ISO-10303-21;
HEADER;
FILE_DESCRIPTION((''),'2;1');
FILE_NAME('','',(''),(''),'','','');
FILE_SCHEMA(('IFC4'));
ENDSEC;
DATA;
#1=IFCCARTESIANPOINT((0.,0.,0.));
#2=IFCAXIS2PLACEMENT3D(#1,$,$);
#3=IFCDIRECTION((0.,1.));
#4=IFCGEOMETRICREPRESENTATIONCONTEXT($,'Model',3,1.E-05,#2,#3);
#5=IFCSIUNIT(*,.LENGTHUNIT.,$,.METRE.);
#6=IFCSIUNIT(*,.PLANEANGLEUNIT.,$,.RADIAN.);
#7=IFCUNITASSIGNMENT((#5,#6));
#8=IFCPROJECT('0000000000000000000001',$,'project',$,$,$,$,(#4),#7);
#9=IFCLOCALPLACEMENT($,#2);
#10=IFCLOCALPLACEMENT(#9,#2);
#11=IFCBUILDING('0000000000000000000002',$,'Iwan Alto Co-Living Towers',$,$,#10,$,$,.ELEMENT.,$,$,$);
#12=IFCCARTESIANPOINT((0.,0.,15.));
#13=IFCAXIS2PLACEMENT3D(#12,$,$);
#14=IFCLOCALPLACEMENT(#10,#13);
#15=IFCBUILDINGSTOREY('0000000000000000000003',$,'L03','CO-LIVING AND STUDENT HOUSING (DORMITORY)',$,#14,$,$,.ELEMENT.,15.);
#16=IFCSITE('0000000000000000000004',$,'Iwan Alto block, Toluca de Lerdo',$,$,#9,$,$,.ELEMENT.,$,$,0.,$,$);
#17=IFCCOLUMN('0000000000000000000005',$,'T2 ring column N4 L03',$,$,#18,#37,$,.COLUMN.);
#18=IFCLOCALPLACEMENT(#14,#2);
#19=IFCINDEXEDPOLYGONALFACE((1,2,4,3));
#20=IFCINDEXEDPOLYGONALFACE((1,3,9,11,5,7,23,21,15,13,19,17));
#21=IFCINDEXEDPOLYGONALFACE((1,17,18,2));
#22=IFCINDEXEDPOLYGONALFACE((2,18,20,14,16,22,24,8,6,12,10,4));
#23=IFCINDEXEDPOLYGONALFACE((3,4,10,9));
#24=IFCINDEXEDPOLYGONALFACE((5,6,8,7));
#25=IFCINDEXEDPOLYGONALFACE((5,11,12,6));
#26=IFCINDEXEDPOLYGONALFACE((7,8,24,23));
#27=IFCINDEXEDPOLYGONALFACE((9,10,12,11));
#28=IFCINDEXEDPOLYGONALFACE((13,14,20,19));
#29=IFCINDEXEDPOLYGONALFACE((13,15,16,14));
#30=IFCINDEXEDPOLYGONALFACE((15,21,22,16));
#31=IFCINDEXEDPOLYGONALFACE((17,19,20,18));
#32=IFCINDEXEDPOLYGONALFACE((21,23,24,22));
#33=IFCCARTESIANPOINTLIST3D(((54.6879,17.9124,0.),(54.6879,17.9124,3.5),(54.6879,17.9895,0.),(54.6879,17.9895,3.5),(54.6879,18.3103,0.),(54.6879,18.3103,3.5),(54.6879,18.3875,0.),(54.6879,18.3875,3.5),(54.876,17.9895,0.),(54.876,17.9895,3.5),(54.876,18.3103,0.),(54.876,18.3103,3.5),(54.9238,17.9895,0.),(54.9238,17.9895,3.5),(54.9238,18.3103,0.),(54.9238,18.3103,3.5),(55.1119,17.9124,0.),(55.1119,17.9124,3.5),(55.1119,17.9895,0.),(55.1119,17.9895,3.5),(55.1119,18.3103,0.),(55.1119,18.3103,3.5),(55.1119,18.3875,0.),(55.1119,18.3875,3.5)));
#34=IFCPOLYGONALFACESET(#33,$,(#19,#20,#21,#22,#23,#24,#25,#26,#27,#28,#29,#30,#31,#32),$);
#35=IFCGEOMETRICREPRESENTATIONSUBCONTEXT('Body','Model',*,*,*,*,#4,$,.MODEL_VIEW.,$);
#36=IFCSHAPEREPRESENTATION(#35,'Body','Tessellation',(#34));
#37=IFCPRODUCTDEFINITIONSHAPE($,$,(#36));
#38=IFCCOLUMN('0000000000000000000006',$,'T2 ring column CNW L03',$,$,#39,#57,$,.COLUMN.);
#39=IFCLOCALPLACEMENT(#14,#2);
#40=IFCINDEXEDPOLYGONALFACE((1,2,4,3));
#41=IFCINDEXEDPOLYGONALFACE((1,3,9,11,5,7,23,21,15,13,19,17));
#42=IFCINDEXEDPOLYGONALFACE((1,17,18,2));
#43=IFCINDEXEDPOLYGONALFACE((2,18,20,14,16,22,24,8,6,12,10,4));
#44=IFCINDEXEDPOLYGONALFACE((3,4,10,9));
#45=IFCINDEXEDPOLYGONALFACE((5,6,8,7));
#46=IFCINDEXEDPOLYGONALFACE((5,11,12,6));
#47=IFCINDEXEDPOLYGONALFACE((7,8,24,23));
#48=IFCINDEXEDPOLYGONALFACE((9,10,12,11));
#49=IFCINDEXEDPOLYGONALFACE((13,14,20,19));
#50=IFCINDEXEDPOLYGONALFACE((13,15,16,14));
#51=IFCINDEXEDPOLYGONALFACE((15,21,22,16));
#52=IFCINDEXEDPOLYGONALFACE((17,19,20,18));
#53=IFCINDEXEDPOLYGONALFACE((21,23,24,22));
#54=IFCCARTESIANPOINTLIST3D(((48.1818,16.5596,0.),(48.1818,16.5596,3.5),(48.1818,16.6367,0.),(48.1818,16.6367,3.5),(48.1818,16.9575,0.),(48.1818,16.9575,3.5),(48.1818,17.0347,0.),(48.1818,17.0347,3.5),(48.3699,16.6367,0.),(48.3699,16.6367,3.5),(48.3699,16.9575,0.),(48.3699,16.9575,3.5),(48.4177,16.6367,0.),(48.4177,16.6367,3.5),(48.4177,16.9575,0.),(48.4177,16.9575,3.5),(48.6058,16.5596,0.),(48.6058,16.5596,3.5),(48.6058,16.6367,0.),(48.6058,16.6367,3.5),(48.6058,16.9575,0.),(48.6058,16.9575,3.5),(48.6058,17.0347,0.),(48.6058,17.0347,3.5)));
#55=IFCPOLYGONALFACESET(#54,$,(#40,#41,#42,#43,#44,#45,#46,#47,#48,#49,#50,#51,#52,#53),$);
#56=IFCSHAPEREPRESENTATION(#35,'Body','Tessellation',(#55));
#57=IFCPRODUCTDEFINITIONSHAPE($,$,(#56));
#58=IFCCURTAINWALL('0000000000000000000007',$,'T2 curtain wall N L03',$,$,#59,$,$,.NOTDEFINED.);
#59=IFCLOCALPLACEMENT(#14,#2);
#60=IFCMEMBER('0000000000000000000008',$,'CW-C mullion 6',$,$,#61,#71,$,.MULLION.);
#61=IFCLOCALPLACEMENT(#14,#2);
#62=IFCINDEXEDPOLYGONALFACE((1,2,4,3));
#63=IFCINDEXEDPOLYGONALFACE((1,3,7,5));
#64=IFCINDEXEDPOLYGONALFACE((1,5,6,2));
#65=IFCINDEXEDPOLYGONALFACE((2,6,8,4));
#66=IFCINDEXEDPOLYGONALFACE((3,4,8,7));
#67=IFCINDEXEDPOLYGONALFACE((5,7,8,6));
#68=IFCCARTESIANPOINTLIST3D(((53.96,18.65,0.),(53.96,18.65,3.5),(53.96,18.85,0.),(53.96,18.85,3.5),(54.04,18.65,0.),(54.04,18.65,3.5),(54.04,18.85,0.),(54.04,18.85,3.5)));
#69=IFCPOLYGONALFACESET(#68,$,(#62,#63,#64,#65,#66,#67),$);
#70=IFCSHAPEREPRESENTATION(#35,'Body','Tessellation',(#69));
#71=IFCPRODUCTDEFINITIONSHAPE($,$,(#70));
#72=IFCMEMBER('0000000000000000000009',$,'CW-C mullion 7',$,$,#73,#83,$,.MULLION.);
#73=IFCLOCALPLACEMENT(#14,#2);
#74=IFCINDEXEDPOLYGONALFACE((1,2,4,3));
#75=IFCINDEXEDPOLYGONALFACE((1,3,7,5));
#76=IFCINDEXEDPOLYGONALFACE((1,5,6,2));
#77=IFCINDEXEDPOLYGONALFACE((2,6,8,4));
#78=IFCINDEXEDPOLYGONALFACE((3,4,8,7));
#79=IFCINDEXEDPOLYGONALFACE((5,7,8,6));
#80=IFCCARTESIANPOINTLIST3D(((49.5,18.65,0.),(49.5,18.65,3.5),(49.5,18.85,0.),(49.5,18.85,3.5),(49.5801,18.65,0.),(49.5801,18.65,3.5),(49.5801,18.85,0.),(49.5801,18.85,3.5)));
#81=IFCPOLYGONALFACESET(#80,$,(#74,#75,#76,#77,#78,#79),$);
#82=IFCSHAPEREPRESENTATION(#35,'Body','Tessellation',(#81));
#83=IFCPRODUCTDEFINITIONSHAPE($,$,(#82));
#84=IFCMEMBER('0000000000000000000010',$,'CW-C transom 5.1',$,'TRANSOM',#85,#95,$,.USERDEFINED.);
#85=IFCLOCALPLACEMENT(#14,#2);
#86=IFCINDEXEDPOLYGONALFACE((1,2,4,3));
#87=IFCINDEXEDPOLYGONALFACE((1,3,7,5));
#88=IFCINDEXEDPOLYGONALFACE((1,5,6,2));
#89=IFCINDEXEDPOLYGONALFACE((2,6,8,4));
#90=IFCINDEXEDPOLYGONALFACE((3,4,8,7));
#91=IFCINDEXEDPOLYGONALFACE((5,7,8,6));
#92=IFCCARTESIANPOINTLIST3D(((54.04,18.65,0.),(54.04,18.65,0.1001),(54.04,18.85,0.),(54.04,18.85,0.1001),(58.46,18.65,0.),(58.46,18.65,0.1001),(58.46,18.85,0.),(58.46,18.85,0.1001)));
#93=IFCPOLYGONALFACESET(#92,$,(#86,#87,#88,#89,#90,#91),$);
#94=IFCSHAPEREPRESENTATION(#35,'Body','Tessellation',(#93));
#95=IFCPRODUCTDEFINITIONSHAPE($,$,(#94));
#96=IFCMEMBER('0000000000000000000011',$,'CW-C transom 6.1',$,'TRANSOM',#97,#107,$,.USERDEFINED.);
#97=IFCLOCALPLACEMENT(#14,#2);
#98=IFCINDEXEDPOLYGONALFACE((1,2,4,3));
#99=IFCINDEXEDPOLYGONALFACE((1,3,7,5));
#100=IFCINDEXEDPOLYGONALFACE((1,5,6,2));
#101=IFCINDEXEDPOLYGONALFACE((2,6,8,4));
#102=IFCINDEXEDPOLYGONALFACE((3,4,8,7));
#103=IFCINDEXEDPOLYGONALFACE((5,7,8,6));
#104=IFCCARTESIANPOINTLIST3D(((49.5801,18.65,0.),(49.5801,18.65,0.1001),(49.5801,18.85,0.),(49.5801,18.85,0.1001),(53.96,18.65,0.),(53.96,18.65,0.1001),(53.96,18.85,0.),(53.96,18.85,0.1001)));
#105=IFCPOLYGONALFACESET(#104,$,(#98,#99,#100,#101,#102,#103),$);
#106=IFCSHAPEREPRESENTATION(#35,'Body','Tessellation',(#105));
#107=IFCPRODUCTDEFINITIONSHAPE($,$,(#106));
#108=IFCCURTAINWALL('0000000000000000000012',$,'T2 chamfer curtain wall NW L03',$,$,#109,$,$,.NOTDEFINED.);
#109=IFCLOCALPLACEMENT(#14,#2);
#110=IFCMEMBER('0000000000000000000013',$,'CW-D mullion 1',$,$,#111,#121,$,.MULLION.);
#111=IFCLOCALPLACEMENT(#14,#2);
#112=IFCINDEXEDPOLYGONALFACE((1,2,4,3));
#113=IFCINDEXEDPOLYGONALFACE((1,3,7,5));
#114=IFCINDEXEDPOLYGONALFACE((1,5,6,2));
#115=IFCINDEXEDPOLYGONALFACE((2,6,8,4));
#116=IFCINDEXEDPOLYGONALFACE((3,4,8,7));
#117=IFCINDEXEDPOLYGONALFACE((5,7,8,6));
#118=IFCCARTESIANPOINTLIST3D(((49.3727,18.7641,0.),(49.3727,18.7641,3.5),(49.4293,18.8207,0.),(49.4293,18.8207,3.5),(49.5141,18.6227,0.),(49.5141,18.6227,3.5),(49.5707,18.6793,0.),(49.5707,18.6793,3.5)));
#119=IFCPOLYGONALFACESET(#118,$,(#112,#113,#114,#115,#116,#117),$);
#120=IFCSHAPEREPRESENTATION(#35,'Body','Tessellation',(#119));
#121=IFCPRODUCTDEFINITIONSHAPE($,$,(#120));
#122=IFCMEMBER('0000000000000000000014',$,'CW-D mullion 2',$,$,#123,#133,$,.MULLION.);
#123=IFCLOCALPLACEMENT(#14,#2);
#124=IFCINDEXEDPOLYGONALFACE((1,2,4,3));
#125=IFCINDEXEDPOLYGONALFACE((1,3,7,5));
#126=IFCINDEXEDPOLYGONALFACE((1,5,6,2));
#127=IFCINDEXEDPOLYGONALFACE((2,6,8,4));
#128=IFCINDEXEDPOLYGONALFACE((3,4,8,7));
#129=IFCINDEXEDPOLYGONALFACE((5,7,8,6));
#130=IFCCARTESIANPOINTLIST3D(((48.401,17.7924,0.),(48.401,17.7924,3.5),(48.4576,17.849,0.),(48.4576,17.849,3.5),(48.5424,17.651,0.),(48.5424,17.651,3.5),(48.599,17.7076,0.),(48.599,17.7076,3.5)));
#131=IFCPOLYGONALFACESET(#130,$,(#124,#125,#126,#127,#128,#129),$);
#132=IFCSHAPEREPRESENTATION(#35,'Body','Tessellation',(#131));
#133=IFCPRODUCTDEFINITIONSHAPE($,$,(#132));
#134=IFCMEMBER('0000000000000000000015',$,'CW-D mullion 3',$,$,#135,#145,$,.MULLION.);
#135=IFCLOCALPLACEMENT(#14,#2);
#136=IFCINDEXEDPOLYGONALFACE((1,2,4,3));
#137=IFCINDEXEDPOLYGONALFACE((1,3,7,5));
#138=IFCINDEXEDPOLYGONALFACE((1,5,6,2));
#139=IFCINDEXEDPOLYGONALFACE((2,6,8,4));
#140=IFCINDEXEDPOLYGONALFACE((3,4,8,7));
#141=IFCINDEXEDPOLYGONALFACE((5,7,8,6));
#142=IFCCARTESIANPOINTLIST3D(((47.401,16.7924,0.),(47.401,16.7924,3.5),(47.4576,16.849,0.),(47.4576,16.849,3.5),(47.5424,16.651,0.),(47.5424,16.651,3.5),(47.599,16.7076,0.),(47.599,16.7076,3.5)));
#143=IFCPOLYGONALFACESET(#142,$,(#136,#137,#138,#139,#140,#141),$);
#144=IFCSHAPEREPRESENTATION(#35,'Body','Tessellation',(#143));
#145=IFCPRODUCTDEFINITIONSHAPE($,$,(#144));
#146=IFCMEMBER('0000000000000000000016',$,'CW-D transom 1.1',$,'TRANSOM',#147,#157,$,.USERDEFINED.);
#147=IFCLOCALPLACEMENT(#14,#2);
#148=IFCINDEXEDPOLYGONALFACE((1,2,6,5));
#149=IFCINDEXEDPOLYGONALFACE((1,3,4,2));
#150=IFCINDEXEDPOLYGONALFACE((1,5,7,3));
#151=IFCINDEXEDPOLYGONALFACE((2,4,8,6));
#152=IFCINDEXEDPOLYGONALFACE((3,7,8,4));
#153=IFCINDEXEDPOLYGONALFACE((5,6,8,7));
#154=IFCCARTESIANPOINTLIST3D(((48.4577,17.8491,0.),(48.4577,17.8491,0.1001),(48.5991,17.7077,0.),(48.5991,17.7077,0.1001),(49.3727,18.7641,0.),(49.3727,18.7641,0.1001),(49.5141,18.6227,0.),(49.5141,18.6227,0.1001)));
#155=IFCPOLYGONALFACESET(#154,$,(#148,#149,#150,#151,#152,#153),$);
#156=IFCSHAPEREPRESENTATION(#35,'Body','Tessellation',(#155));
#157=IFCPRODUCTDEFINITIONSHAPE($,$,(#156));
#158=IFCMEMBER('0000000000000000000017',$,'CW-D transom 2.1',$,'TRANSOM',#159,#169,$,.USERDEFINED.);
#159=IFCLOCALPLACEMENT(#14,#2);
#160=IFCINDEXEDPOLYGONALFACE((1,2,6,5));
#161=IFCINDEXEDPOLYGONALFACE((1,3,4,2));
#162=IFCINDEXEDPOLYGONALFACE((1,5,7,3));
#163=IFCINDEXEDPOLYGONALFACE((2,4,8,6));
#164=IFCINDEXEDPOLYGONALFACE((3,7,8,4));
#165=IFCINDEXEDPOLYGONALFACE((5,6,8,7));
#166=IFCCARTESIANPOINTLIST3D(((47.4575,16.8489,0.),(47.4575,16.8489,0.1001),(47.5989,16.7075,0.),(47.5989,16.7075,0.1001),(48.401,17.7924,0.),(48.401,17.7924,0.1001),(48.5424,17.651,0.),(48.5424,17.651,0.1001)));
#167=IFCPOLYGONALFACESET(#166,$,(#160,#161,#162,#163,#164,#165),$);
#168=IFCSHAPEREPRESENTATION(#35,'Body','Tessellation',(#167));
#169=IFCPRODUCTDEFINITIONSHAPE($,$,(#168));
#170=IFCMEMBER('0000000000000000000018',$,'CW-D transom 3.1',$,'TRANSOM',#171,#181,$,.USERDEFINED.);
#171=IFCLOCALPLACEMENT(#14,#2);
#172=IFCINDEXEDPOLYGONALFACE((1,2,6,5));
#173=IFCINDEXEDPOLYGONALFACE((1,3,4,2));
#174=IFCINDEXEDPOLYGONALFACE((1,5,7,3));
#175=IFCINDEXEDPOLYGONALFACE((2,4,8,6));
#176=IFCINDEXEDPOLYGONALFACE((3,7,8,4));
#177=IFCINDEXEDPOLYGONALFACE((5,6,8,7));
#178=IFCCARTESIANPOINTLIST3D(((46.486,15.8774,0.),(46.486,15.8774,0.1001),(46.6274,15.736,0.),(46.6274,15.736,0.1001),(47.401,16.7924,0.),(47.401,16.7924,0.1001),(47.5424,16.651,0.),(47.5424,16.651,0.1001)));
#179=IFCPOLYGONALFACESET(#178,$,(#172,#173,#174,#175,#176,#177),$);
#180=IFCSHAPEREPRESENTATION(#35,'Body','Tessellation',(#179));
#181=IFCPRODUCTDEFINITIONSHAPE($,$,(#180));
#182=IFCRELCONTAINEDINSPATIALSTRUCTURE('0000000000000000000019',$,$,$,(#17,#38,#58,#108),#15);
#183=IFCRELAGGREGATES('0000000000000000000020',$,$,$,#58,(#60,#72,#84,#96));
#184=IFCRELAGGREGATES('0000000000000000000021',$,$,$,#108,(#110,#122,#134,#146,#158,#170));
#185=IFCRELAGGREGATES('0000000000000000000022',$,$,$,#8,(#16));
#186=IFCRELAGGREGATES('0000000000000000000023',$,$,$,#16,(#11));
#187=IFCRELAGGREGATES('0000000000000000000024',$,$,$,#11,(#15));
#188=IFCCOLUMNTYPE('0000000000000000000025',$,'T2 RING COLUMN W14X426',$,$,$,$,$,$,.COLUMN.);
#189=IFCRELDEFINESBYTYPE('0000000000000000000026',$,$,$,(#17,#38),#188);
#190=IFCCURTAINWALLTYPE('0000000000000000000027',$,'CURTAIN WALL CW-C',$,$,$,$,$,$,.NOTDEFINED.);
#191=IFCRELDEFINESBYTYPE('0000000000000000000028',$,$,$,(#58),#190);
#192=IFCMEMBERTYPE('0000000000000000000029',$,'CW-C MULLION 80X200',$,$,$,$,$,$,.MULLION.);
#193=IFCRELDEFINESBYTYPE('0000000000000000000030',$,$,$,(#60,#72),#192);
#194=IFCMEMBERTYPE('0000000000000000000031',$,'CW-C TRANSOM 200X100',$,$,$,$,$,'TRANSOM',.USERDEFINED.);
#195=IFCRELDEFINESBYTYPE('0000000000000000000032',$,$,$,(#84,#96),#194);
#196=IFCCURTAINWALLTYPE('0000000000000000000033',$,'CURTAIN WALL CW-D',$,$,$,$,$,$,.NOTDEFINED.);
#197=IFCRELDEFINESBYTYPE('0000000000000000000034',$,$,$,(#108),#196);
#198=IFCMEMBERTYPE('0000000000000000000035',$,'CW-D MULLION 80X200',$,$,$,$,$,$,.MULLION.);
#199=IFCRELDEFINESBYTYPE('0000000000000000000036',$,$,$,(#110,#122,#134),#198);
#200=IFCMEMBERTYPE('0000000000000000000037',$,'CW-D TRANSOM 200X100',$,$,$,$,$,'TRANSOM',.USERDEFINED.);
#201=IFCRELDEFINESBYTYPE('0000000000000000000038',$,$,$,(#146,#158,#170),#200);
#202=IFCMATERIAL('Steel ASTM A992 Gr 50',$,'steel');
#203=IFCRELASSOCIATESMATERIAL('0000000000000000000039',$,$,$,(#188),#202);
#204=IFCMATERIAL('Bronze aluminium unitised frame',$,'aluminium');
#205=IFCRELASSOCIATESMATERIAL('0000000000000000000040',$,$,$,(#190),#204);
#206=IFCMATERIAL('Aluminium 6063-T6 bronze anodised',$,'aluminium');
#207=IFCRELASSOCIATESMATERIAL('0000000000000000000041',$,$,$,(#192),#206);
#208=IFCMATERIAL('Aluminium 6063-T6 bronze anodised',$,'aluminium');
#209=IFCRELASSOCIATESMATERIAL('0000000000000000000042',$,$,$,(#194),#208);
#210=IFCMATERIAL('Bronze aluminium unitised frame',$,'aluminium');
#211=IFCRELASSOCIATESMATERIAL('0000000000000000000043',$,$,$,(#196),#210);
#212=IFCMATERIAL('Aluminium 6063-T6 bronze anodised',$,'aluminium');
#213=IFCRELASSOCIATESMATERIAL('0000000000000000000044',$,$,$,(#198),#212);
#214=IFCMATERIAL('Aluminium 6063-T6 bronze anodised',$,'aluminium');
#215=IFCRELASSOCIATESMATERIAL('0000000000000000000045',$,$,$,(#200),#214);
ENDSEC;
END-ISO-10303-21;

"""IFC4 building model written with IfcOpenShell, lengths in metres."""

from ifc_helpers import new_model, si_unit, direction, frame, origin, origin_2d, place, context, subcontext, project, spatial, rectangle, i_section, extrude, material, material_profile, profile_set, type_object, element, aggregate, save


model = new_model("IFC4")

# Units and contexts
model_context = context("Model", 3, precision=1e-05, world=origin(), true_north=direction((0.0, 1.0)))
body_context = subcontext(model_context, "Body", "Model", "MODEL_VIEW")
ifc_project = project(units=[si_unit("LENGTHUNIT", "METRE"), si_unit("PLANEANGLEUNIT", "RADIAN")], contexts=[model_context])

# Site, building, storey
site_placement = place(None, origin())
site = spatial("IfcSite", under=ifc_project, at=site_placement, Name="Iwan Alto block, Toluca de Lerdo", CompositionType="ELEMENT", RefElevation=0.0)
building_placement = place(site_placement, origin())
building = spatial("IfcBuilding", under=site, at=building_placement, Name="Iwan Alto Co-Living Towers", CompositionType="ELEMENT")
storey_placement = place(building_placement, frame((0.0, 0.0, 15.0)))
storey = spatial("IfcBuildingStorey", under=building, at=storey_placement, Name="L03", Description="CO-LIVING AND STUDENT HOUSING (DORMITORY)", CompositionType="ELEMENT", Elevation=15.0)

# Columns
ifc_material_1 = material(Name="Steel ASTM A992 Gr 50", Category="steel")
ifc_material_profile_1 = material_profile(ifc_material_1, i_section(OverallWidth=0.4241, OverallDepth=0.4751, WebThickness=0.0479, FlangeThickness=0.0771, at=origin_2d()), Name="W14X426")
ifc_profile_set_1 = profile_set([ifc_material_profile_1], Name="Steel ASTM A992 Gr 50")
column_type = type_object("IfcColumnType", Name="T2 RING COLUMN W14X426", PredefinedType="COLUMN", material=ifc_profile_set_1)
for number, where, z_axis, x_axis, name in (
    (1, (54.8999, 18.1499, 0.0), (0.0, 0.0, 1.0), (1.0, 0.0, 0.0), "T2 ring column N4 L03"),
    (2, (48.3938, 16.7971, 0.0), (0.0, 0.0, 1.0), (1.0, 0.0, 0.0), "T2 ring column CNW L03"),
):
    element("IfcColumn", number, at=place(storey_placement, frame(where, z_axis=z_axis, x_axis=x_axis)), inside=storey, type_object=column_type, Name=name, PredefinedType="COLUMN", context=body_context, shape_type="SweptSolid", body=[
        extrude(i_section(OverallWidth=0.4241, OverallDepth=0.4751, WebThickness=0.0479, FlangeThickness=0.0771, at=origin_2d()), origin(), (0.0, 0.0, 1.0), 3.5),
    ])

# Curtain walls, members
ifc_material_2 = material(Name="Bronze aluminium unitised frame", Category="aluminium")
curtain_wall_type_1 = type_object("IfcCurtainWallType", Name="CURTAIN WALL CW-C", PredefinedType="NOTDEFINED", material=ifc_material_2)
curtain_wall_1_placement = place(storey_placement, origin())
curtain_wall_1 = element("IfcCurtainWall", 3, at=curtain_wall_1_placement, inside=storey, type_object=curtain_wall_type_1, Name="T2 curtain wall N L03", PredefinedType="NOTDEFINED")
ifc_material_3 = material(Name="Aluminium 6063-T6 bronze anodised", Category="aluminium")
ifc_material_profile_2 = material_profile(ifc_material_3, rectangle(XDim=0.2, YDim=0.0801, at=origin_2d()), Name="AL 80X200")
ifc_profile_set_2 = profile_set([ifc_material_profile_2], Name="Aluminium 6063-T6 bronze anodised")
member_type_1 = type_object("IfcMemberType", Name="CW-C MULLION 80X200", PredefinedType="MULLION", material=ifc_profile_set_2)
member_1_placement = place(storey_placement, frame((54.0, 18.75, 0.0), z_axis=(0.0, 0.0, 1.0), x_axis=(0.0, -1.0, 0.0)))
member_1 = element("IfcMember", 4, at=member_1_placement, type_object=member_type_1, Name="CW-C mullion 6", PredefinedType="MULLION", context=body_context, shape_type="SweptSolid", body=[
    extrude(rectangle(XDim=0.2, YDim=0.0801, at=origin_2d()), origin(), (0.0, 0.0, 1.0), 3.5),
])
member_2_placement = place(storey_placement, frame((49.54, 18.75, 0.0), z_axis=(0.0, 0.0, 1.0), x_axis=(0.0, -1.0, 0.0)))
member_2 = element("IfcMember", 5, at=member_2_placement, type_object=member_type_1, Name="CW-C mullion 7", PredefinedType="MULLION", context=body_context, shape_type="SweptSolid", body=[
    extrude(rectangle(XDim=0.2, YDim=0.0801, at=origin_2d()), origin(), (0.0, 0.0, 1.0), 3.5),
])
ifc_material_4 = material(Name="Aluminium 6063-T6 bronze anodised", Category="aluminium")
ifc_material_profile_3 = material_profile(ifc_material_4, rectangle(XDim=0.2, YDim=0.1001, at=origin_2d()), Name="AL 200X100")
ifc_profile_set_3 = profile_set([ifc_material_profile_3], Name="Aluminium 6063-T6 bronze anodised")
member_type_2 = type_object("IfcMemberType", Name="CW-C TRANSOM 200X100", ElementType="TRANSOM", PredefinedType="USERDEFINED", material=ifc_profile_set_3)
member_3_placement = place(storey_placement, frame((58.46, 18.75, 0.05), z_axis=(-1.0, 0.0, 0.0), x_axis=(0.0, -1.0, 0.0)))
member_3 = element("IfcMember", 6, at=member_3_placement, type_object=member_type_2, Name="CW-C transom 5.1", ObjectType="TRANSOM", PredefinedType="USERDEFINED", context=body_context, shape_type="SweptSolid", body=[
    extrude(rectangle(XDim=0.2, YDim=0.1001, at=origin_2d()), origin(), (0.0, 0.0, 1.0), 4.4199),
])
member_4_placement = place(storey_placement, frame((53.96, 18.75, 0.05), z_axis=(-1.0, 0.0, 0.0), x_axis=(0.0, -1.0, 0.0)))
member_4 = element("IfcMember", 7, at=member_4_placement, type_object=member_type_2, Name="CW-C transom 6.1", ObjectType="TRANSOM", PredefinedType="USERDEFINED", context=body_context, shape_type="SweptSolid", body=[
    extrude(rectangle(XDim=0.2, YDim=0.1001, at=origin_2d()), origin(), (0.0, 0.0, 1.0), 4.3799),
])
ifc_material_5 = material(Name="Bronze aluminium unitised frame", Category="aluminium")
curtain_wall_type_2 = type_object("IfcCurtainWallType", Name="CURTAIN WALL CW-D", PredefinedType="NOTDEFINED", material=ifc_material_5)
curtain_wall_2_placement = place(storey_placement, origin())
curtain_wall_2 = element("IfcCurtainWall", 8, at=curtain_wall_2_placement, inside=storey, type_object=curtain_wall_type_2, Name="T2 chamfer curtain wall NW L03", PredefinedType="NOTDEFINED")
ifc_material_6 = material(Name="Aluminium 6063-T6 bronze anodised", Category="aluminium")
ifc_material_profile_4 = material_profile(ifc_material_6, rectangle(XDim=0.2, YDim=0.0801, at=origin_2d()), Name="AL 80X200")
ifc_profile_set_4 = profile_set([ifc_material_profile_4], Name="Aluminium 6063-T6 bronze anodised")
member_type_3 = type_object("IfcMemberType", Name="CW-D MULLION 80X200", PredefinedType="MULLION", material=ifc_profile_set_4)
member_5_placement = place(storey_placement, frame((49.4717, 18.7217, 0.0), z_axis=(0.0, 0.0, 1.0), x_axis=(0.707107, -0.707107, 0.0)))
member_5 = element("IfcMember", 9, at=member_5_placement, type_object=member_type_3, Name="CW-D mullion 1", PredefinedType="MULLION", context=body_context, shape_type="SweptSolid", body=[
    extrude(rectangle(XDim=0.2, YDim=0.0801, at=origin_2d()), origin(), (0.0, 0.0, 1.0), 3.5),
])
member_6_placement = place(storey_placement, frame((48.5, 17.75, 0.0), z_axis=(0.0, 0.0, 1.0), x_axis=(0.707107, -0.707107, 0.0)))
member_6 = element("IfcMember", 10, at=member_6_placement, type_object=member_type_3, Name="CW-D mullion 2", PredefinedType="MULLION", context=body_context, shape_type="SweptSolid", body=[
    extrude(rectangle(XDim=0.2, YDim=0.0801, at=origin_2d()), origin(), (0.0, 0.0, 1.0), 3.5),
])
member_7_placement = place(storey_placement, frame((47.5, 16.75, 0.0), z_axis=(0.0, 0.0, 1.0), x_axis=(0.707107, -0.707107, 0.0)))
member_7 = element("IfcMember", 11, at=member_7_placement, type_object=member_type_3, Name="CW-D mullion 3", PredefinedType="MULLION", context=body_context, shape_type="SweptSolid", body=[
    extrude(rectangle(XDim=0.2, YDim=0.0801, at=origin_2d()), origin(), (0.0, 0.0, 1.0), 3.5),
])
ifc_material_7 = material(Name="Aluminium 6063-T6 bronze anodised", Category="aluminium")
ifc_material_profile_5 = material_profile(ifc_material_7, rectangle(XDim=0.2, YDim=0.1001, at=origin_2d()), Name="AL 200X100")
ifc_profile_set_5 = profile_set([ifc_material_profile_5], Name="Aluminium 6063-T6 bronze anodised")
member_type_4 = type_object("IfcMemberType", Name="CW-D TRANSOM 200X100", ElementType="TRANSOM", PredefinedType="USERDEFINED", material=ifc_profile_set_5)
member_8_placement = place(storey_placement, frame((49.4434, 18.6934, 0.05), z_axis=(-0.707107, -0.707107, 0.0), x_axis=(0.707107, -0.707107, 0.0)))
member_8 = element("IfcMember", 12, at=member_8_placement, type_object=member_type_4, Name="CW-D transom 1.1", ObjectType="TRANSOM", PredefinedType="USERDEFINED", context=body_context, shape_type="SweptSolid", body=[
    extrude(rectangle(XDim=0.2, YDim=0.1001, at=origin_2d()), origin(), (0.0, 0.0, 1.0), 1.2939),
])
member_9_placement = place(storey_placement, frame((48.4717, 17.7217, 0.05), z_axis=(-0.707107, -0.707107, 0.0), x_axis=(0.707107, -0.707107, 0.0)))
member_9 = element("IfcMember", 13, at=member_9_placement, type_object=member_type_4, Name="CW-D transom 2.1", ObjectType="TRANSOM", PredefinedType="USERDEFINED", context=body_context, shape_type="SweptSolid", body=[
    extrude(rectangle(XDim=0.2, YDim=0.1001, at=origin_2d()), origin(), (0.0, 0.0, 1.0), 1.3342),
])
member_10_placement = place(storey_placement, frame((47.4717, 16.7217, 0.05), z_axis=(-0.707107, -0.707107, 0.0), x_axis=(0.707107, -0.707107, 0.0)))
member_10 = element("IfcMember", 14, at=member_10_placement, type_object=member_type_4, Name="CW-D transom 3.1", ObjectType="TRANSOM", PredefinedType="USERDEFINED", context=body_context, shape_type="SweptSolid", body=[
    extrude(rectangle(XDim=0.2, YDim=0.1001, at=origin_2d()), origin(), (0.0, 0.0, 1.0), 1.2939),
])

aggregate(curtain_wall_1, [member_1, member_2, member_3, member_4])
aggregate(curtain_wall_2, [member_5, member_6, member_7, member_8, member_9, member_10])

save(model, "model.ifc")
